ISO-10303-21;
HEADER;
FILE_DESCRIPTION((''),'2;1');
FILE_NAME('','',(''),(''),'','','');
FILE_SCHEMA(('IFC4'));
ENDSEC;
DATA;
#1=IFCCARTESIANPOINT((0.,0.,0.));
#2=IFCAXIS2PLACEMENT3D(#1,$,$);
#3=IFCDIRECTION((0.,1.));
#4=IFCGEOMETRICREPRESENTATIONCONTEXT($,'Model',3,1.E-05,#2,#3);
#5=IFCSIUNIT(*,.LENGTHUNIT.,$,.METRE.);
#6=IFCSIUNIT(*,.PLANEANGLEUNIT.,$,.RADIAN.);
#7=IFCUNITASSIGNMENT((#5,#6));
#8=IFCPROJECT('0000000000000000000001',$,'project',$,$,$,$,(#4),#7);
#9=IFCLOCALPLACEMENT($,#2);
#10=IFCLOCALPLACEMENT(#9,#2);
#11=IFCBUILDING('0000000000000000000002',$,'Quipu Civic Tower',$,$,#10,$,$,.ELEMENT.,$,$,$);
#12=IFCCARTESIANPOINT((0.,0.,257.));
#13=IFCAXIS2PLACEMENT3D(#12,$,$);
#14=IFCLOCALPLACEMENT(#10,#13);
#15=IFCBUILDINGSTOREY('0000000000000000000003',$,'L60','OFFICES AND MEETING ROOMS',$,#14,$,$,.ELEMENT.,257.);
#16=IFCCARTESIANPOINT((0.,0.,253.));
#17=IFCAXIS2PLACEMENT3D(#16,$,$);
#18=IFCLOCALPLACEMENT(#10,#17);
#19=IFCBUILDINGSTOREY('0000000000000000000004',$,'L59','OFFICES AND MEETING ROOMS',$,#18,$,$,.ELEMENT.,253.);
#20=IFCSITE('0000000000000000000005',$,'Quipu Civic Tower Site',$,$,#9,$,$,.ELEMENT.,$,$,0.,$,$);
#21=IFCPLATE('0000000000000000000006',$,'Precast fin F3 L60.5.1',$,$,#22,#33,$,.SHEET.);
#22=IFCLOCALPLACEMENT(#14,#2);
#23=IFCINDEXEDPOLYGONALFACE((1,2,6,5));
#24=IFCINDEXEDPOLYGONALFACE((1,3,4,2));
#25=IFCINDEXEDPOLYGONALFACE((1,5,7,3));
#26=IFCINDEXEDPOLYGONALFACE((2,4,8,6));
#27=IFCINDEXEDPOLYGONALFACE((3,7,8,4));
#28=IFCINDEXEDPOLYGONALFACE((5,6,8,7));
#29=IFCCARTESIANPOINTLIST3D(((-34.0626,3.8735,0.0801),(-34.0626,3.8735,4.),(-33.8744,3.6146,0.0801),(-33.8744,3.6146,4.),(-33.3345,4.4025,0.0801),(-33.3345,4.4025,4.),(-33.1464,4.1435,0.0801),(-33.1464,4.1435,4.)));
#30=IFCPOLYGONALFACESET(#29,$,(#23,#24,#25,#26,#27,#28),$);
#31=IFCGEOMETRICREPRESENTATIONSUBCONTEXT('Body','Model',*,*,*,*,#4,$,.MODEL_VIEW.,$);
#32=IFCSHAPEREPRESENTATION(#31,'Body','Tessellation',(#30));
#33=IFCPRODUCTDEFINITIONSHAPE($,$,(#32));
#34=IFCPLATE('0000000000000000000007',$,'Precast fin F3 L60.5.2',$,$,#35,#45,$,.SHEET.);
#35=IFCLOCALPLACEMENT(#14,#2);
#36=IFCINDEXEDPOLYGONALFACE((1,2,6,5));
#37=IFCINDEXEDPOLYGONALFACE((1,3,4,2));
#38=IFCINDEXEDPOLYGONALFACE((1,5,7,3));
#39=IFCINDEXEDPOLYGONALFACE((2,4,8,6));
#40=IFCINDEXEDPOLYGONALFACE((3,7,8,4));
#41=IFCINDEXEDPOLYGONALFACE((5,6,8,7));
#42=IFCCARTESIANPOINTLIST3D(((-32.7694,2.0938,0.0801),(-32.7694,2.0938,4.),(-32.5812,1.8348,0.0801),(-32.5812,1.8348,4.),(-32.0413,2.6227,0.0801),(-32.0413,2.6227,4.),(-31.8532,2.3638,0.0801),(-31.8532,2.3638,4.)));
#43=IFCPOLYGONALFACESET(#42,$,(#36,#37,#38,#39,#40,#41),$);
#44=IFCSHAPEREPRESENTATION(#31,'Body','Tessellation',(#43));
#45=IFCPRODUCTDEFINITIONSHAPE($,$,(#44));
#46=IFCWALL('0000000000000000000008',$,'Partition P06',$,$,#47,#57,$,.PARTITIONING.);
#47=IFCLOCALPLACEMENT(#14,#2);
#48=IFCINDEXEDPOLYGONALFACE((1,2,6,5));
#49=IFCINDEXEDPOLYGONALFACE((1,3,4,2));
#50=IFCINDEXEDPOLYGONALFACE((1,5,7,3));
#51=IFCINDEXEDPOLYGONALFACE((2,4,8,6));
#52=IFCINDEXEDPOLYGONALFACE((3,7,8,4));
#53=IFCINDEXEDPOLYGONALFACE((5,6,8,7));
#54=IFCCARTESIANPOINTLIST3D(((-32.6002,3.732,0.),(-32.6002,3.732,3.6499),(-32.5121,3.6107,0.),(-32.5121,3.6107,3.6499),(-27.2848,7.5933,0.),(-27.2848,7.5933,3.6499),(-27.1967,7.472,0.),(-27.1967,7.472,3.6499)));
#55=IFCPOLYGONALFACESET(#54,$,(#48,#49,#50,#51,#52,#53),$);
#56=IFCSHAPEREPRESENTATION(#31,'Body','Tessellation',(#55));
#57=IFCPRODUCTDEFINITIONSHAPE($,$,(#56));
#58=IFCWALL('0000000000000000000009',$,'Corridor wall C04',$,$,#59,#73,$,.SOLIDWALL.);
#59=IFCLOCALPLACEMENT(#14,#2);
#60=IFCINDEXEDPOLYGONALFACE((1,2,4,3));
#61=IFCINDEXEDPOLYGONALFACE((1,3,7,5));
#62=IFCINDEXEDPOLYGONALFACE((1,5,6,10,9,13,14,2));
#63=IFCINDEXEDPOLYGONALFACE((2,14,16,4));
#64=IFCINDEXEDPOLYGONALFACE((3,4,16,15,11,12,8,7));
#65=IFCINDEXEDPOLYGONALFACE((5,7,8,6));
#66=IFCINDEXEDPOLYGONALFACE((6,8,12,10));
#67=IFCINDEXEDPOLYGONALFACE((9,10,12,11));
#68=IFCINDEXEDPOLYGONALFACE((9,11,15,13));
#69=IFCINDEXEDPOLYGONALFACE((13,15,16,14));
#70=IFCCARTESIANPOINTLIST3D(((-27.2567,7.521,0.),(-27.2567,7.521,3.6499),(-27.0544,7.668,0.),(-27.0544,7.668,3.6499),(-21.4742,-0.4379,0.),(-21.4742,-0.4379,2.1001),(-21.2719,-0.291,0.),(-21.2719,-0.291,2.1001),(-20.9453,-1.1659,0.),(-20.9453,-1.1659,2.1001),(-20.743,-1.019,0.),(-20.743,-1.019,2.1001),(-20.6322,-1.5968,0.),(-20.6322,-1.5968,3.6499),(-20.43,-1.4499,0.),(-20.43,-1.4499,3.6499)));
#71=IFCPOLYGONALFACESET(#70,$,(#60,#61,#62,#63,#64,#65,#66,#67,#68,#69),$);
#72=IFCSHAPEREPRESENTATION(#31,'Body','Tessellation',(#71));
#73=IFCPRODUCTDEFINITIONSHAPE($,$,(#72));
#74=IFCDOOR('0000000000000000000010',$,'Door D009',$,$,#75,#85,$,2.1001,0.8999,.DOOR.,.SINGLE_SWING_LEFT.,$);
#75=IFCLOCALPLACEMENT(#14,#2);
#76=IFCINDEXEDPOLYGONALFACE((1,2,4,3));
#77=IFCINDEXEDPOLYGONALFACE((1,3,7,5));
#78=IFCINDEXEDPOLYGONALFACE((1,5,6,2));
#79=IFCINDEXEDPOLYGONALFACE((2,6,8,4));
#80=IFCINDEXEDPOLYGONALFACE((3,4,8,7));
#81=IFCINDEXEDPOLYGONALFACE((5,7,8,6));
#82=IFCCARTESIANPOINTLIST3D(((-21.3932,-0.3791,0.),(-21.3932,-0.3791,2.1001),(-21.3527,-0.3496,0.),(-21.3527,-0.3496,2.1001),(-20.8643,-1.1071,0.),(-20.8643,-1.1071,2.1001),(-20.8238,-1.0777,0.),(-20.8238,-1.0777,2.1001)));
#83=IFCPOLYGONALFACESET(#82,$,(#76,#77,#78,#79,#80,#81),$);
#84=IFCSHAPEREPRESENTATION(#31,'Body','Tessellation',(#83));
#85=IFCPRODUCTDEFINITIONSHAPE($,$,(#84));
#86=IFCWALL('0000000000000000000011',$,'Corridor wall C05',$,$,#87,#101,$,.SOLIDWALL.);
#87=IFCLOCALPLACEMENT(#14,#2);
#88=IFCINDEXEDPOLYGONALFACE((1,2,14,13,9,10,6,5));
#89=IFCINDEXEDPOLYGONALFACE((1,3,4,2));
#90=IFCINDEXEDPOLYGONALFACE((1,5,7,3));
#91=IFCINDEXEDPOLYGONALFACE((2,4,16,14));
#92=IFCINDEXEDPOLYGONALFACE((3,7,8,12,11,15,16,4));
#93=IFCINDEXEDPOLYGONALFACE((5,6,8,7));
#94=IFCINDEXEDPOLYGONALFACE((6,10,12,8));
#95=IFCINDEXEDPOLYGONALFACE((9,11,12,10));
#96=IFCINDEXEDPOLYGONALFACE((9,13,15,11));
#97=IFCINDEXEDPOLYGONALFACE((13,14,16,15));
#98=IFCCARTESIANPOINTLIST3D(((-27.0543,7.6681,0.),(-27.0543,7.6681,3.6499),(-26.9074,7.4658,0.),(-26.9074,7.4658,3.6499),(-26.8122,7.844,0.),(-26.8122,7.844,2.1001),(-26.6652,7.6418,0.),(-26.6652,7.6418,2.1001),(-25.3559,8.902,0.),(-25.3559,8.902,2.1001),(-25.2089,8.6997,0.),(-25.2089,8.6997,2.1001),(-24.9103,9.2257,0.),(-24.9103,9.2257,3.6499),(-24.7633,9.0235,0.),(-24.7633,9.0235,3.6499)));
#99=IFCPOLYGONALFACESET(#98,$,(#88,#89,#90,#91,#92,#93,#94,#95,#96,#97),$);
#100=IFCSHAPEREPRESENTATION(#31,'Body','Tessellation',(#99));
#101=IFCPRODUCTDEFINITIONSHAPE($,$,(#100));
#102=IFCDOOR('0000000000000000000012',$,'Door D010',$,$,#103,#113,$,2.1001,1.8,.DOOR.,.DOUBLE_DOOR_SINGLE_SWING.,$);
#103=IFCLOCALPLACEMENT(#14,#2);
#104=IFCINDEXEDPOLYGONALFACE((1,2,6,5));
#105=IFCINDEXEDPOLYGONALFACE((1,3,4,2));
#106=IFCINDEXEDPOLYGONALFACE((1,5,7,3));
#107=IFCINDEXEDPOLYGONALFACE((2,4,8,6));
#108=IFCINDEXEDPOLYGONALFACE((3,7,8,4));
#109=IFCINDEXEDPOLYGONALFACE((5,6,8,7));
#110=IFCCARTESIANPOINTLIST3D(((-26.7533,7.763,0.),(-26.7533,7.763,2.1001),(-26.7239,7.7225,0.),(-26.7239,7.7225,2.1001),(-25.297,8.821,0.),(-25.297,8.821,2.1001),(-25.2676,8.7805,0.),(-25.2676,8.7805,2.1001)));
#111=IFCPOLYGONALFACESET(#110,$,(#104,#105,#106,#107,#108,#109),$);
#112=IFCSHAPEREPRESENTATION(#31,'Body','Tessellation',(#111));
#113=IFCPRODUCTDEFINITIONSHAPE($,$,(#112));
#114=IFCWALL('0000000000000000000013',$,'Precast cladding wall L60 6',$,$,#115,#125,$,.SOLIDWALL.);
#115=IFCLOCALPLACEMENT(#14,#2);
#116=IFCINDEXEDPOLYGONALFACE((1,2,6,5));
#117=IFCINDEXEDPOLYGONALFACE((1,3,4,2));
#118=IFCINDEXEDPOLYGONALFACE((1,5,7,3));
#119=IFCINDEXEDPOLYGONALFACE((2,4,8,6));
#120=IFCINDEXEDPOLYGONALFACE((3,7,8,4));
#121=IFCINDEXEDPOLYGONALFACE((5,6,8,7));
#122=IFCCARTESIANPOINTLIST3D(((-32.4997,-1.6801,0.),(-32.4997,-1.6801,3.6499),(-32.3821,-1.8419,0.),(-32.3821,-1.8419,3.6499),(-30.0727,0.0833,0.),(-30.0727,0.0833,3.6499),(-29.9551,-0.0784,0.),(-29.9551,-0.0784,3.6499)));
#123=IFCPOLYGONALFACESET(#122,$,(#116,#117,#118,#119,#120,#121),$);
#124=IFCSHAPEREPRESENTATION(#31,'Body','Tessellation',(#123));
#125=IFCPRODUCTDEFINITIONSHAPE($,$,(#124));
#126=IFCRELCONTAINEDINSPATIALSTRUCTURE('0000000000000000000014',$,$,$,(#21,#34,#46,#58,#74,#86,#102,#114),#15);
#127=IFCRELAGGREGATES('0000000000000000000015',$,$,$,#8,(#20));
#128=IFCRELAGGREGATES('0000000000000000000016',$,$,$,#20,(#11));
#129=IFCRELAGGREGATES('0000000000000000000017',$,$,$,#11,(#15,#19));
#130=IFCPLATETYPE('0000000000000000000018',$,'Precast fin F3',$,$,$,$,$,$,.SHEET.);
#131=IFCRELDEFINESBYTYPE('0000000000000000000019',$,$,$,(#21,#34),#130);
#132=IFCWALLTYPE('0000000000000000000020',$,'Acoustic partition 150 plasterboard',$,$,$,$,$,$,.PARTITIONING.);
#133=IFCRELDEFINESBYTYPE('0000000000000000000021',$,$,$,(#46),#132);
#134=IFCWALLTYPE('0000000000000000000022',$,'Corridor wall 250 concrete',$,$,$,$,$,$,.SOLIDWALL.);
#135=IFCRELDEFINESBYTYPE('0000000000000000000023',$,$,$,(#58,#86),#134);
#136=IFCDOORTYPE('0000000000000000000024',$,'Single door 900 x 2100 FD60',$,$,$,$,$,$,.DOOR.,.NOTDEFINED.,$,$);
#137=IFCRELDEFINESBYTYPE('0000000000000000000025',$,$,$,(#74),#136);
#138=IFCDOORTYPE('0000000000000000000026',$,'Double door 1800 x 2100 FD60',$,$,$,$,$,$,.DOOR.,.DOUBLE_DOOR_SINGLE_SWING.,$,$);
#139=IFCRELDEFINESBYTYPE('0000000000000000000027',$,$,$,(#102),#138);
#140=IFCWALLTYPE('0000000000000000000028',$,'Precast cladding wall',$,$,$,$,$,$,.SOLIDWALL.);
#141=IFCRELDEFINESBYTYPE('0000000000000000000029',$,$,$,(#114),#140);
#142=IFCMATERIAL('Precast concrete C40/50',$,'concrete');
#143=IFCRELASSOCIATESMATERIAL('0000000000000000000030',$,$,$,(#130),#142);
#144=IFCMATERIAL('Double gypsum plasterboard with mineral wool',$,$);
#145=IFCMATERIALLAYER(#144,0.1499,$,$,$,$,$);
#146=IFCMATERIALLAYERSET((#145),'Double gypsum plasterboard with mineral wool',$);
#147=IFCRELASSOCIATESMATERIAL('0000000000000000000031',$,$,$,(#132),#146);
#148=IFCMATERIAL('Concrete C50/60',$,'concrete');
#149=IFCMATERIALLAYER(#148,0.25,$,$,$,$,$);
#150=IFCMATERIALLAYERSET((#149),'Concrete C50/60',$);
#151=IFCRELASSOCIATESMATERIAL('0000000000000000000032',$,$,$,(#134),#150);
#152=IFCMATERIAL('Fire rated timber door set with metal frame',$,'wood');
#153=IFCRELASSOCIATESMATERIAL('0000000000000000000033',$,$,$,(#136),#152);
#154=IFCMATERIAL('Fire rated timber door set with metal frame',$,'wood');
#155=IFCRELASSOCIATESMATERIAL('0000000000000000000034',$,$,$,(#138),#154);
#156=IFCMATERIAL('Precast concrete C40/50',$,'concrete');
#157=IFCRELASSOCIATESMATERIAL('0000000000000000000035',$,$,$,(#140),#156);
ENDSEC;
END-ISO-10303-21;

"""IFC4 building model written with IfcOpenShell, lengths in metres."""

from ifc_helpers import new_model, si_unit, direction, frame, frame_2d, origin, origin_2d, place, context, subcontext, project, spatial, rectangle, extrude, material, layer, layer_set, type_object, element, fill, save


model = new_model("IFC4")

# Units and contexts
model_context = context("Model", 3, precision=1e-05, world=origin(), true_north=direction((0.0, 1.0)))
body_context = subcontext(model_context, "Body", "Model", "MODEL_VIEW")
ifc_project = project(units=[si_unit("LENGTHUNIT", "METRE"), si_unit("PLANEANGLEUNIT", "RADIAN")], contexts=[model_context])

# Site, building, storey
site_placement = place(None, origin())
site = spatial("IfcSite", under=ifc_project, at=site_placement, Name="Quipu Civic Tower Site", CompositionType="ELEMENT", RefElevation=0.0)
building_placement = place(site_placement, origin())
building = spatial("IfcBuilding", under=site, at=building_placement, Name="Quipu Civic Tower", CompositionType="ELEMENT")
storey_1_placement = place(building_placement, frame((0.0, 0.0, 257.0)))
storey_1 = spatial("IfcBuildingStorey", under=building, at=storey_1_placement, Name="L60", Description="OFFICES AND MEETING ROOMS", CompositionType="ELEMENT", Elevation=257.0)

# Shared definitions
storey_2_placement = place(building_placement, frame((0.0, 0.0, 253.0)))
storey_2 = spatial("IfcBuildingStorey", under=building, at=storey_2_placement, Name="L59", Description="OFFICES AND MEETING ROOMS", CompositionType="ELEMENT", Elevation=253.0)

# Plates
ifc_material_1 = material(Name="Precast concrete C40/50", Category="concrete")
plate_type_1 = type_object("IfcPlateType", Name="Precast fin F3", PredefinedType="SHEET", material=ifc_material_1)
for number, where, z_axis, x_axis, name in (
    (1, (-33.6045, 4.0085, 0.0801), (0.0, 0.0, 1.0), (0.587786, -0.809016, 0.0), "Precast fin F3 L60.5.1"),
    (2, (-32.3113, 2.2288, 0.0801), (0.0, 0.0, 1.0), (0.587786, -0.809016, 0.0), "Precast fin F3 L60.5.2"),
):
    element("IfcPlate", number, at=place(storey_1_placement, frame(where, z_axis=z_axis, x_axis=x_axis)), inside=storey_1, type_object=plate_type_1, Name=name, PredefinedType="SHEET", context=body_context, shape_type="SweptSolid", body=[
        extrude(rectangle(XDim=0.3201, YDim=0.8999, at=origin_2d()), origin(), (0.0, 0.0, 1.0), 3.9199),
    ])

# Wall
ifc_material_2 = material(Name="Double gypsum plasterboard with mineral wool")
ifc_layer_1 = layer(ifc_material_2, 0.1499)
ifc_layer_set_1 = layer_set([ifc_layer_1], Name="Double gypsum plasterboard with mineral wool")
wall_type_1 = type_object("IfcWallType", Name="Acoustic partition 150 plasterboard", PredefinedType="PARTITIONING", material=ifc_layer_set_1)
wall_1_placement = place(storey_1_placement, frame((-32.5562, 3.6714, 0.0), z_axis=(0.0, 0.0, 1.0), x_axis=(0.809057, 0.58773, 0.0)))
element("IfcWall", 3, at=wall_1_placement, inside=storey_1, type_object=wall_type_1, Name="Partition P06", PredefinedType="PARTITIONING", context=body_context, shape_type="SweptSolid", body=[
    extrude(rectangle(XDim=6.5698, YDim=0.1499, at=frame_2d((3.2849, 0.0))), origin(), (0.0, 0.0, 1.0), 3.6499),
])

# Walls, openings, doors
ifc_material_3 = material(Name="Concrete C50/60", Category="concrete")
ifc_layer_2 = layer(ifc_material_3, 0.25)
ifc_layer_set_2 = layer_set([ifc_layer_2], Name="Concrete C50/60")
wall_type_2 = type_object("IfcWallType", Name="Corridor wall 250 concrete", PredefinedType="SOLIDWALL", material=ifc_layer_set_2)
wall_2_placement = place(storey_1_placement, frame((-20.531, -1.5234, 0.0), z_axis=(0.0, 0.0, 1.0), x_axis=(-0.587783, 0.809019, 0.0)))
wall_2 = element("IfcWall", 4, at=wall_2_placement, inside=storey_1, type_object=wall_type_2, Name="Corridor wall C04", PredefinedType="SOLIDWALL", context=body_context, shape_type="SweptSolid", body=[
    extrude(rectangle(XDim=11.2703, YDim=0.25, at=frame_2d((5.6353, 0.0))), origin(), (0.0, 0.0, 1.0), 3.6499),
])
opening_1_placement = place(wall_2_placement, frame((0.5327, 0.0, 0.0)))
opening_1 = element("IfcOpeningElement", 5, at=opening_1_placement, cuts=wall_2, PredefinedType="OPENING", context=body_context, shape_type="SweptSolid", body=[
    extrude(rectangle(XDim=0.8999, YDim=2.1001, at=frame_2d((0.45, 1.05))), frame((0.0, 0.135, 0.0), z_axis=(0.0, -1.0, 0.0), x_axis=(1.0, 0.0, 0.0)), (0.0, 0.0, 1.0), 0.27),
])
ifc_material_4 = material(Name="Fire rated timber door set with metal frame", Category="wood")
door_type_1 = type_object("IfcDoorType", Name="Single door 900 x 2100 FD60", OperationType="NOTDEFINED", PredefinedType="DOOR", material=ifc_material_4)
door_1_placement = place(opening_1_placement, origin())
door_1 = element("IfcDoor", 6, at=door_1_placement, inside=storey_1, type_object=door_type_1, Name="Door D009", OperationType="SINGLE_SWING_LEFT", OverallHeight=2.1001, OverallWidth=0.8999, PredefinedType="DOOR", context=body_context, shape_type="SweptSolid", body=[
    extrude(rectangle(XDim=0.8999, YDim=2.1001, at=frame_2d((0.45, 1.05))), frame((0.0, 0.0249, 0.0), z_axis=(0.0, -1.0, 0.0), x_axis=(1.0, 0.0, 0.0)), (0.0, 0.0, 1.0), 0.05),
])
fill(opening_1, door_1)
wall_3_placement = place(storey_1_placement, frame((-26.981, 7.5669, 0.0), z_axis=(0.0, 0.0, 1.0), x_axis=(0.809039, 0.587755, 0.0)))
wall_3 = element("IfcWall", 7, at=wall_3_placement, inside=storey_1, type_object=wall_type_2, Name="Corridor wall C05", PredefinedType="SOLIDWALL", context=body_context, shape_type="SweptSolid", body=[
    extrude(rectangle(XDim=2.6501, YDim=0.25, at=frame_2d((1.3252, 0.0))), origin(), (0.0, 0.0, 1.0), 3.6499),
])
opening_2_placement = place(wall_3_placement, frame((0.2996, 0.0, 0.0)))
opening_2 = element("IfcOpeningElement", 8, at=opening_2_placement, cuts=wall_3, PredefinedType="OPENING", context=body_context, shape_type="SweptSolid", body=[
    extrude(rectangle(XDim=1.8, YDim=2.1001, at=frame_2d((0.8999, 1.05))), frame((0.0, 0.135, 0.0), z_axis=(0.0, -1.0, 0.0), x_axis=(1.0, 0.0, 0.0)), (0.0, 0.0, 1.0), 0.27),
])
ifc_material_5 = material(Name="Fire rated timber door set with metal frame", Category="wood")
door_type_2 = type_object("IfcDoorType", Name="Double door 1800 x 2100 FD60", OperationType="DOUBLE_DOOR_SINGLE_SWING", PredefinedType="DOOR", material=ifc_material_5)
door_2_placement = place(opening_2_placement, origin())
door_2 = element("IfcDoor", 9, at=door_2_placement, inside=storey_1, type_object=door_type_2, Name="Door D010", OperationType="DOUBLE_DOOR_SINGLE_SWING", OverallHeight=2.1001, OverallWidth=1.8, PredefinedType="DOOR", context=body_context, shape_type="SweptSolid", body=[
    extrude(rectangle(XDim=1.8, YDim=2.1001, at=frame_2d((0.8999, 1.05))), frame((0.0, 0.0249, 0.0), z_axis=(0.0, -1.0, 0.0), x_axis=(1.0, 0.0, 0.0)), (0.0, 0.0, 1.0), 0.05),
])
fill(opening_2, door_2)

# Wall
ifc_material_6 = material(Name="Precast concrete C40/50", Category="concrete")
wall_type_3 = type_object("IfcWallType", Name="Precast cladding wall", PredefinedType="SOLIDWALL", material=ifc_material_6)
wall_4_placement = place(storey_1_placement, frame((-30.0139, 0.0024, 0.0), z_axis=(0.0, 0.0, 1.0), x_axis=(-0.809, -0.587809, 0.0)))
element("IfcWall", 10, at=wall_4_placement, inside=storey_1, type_object=wall_type_3, Name="Precast cladding wall L60 6", PredefinedType="SOLIDWALL", context=body_context, shape_type="SweptSolid", body=[
    extrude(rectangle(XDim=3.0, YDim=0.2, at=frame_2d((1.5, 0.0))), origin(), (0.0, 0.0, 1.0), 3.6499),
])

save(model, "model.ifc")
